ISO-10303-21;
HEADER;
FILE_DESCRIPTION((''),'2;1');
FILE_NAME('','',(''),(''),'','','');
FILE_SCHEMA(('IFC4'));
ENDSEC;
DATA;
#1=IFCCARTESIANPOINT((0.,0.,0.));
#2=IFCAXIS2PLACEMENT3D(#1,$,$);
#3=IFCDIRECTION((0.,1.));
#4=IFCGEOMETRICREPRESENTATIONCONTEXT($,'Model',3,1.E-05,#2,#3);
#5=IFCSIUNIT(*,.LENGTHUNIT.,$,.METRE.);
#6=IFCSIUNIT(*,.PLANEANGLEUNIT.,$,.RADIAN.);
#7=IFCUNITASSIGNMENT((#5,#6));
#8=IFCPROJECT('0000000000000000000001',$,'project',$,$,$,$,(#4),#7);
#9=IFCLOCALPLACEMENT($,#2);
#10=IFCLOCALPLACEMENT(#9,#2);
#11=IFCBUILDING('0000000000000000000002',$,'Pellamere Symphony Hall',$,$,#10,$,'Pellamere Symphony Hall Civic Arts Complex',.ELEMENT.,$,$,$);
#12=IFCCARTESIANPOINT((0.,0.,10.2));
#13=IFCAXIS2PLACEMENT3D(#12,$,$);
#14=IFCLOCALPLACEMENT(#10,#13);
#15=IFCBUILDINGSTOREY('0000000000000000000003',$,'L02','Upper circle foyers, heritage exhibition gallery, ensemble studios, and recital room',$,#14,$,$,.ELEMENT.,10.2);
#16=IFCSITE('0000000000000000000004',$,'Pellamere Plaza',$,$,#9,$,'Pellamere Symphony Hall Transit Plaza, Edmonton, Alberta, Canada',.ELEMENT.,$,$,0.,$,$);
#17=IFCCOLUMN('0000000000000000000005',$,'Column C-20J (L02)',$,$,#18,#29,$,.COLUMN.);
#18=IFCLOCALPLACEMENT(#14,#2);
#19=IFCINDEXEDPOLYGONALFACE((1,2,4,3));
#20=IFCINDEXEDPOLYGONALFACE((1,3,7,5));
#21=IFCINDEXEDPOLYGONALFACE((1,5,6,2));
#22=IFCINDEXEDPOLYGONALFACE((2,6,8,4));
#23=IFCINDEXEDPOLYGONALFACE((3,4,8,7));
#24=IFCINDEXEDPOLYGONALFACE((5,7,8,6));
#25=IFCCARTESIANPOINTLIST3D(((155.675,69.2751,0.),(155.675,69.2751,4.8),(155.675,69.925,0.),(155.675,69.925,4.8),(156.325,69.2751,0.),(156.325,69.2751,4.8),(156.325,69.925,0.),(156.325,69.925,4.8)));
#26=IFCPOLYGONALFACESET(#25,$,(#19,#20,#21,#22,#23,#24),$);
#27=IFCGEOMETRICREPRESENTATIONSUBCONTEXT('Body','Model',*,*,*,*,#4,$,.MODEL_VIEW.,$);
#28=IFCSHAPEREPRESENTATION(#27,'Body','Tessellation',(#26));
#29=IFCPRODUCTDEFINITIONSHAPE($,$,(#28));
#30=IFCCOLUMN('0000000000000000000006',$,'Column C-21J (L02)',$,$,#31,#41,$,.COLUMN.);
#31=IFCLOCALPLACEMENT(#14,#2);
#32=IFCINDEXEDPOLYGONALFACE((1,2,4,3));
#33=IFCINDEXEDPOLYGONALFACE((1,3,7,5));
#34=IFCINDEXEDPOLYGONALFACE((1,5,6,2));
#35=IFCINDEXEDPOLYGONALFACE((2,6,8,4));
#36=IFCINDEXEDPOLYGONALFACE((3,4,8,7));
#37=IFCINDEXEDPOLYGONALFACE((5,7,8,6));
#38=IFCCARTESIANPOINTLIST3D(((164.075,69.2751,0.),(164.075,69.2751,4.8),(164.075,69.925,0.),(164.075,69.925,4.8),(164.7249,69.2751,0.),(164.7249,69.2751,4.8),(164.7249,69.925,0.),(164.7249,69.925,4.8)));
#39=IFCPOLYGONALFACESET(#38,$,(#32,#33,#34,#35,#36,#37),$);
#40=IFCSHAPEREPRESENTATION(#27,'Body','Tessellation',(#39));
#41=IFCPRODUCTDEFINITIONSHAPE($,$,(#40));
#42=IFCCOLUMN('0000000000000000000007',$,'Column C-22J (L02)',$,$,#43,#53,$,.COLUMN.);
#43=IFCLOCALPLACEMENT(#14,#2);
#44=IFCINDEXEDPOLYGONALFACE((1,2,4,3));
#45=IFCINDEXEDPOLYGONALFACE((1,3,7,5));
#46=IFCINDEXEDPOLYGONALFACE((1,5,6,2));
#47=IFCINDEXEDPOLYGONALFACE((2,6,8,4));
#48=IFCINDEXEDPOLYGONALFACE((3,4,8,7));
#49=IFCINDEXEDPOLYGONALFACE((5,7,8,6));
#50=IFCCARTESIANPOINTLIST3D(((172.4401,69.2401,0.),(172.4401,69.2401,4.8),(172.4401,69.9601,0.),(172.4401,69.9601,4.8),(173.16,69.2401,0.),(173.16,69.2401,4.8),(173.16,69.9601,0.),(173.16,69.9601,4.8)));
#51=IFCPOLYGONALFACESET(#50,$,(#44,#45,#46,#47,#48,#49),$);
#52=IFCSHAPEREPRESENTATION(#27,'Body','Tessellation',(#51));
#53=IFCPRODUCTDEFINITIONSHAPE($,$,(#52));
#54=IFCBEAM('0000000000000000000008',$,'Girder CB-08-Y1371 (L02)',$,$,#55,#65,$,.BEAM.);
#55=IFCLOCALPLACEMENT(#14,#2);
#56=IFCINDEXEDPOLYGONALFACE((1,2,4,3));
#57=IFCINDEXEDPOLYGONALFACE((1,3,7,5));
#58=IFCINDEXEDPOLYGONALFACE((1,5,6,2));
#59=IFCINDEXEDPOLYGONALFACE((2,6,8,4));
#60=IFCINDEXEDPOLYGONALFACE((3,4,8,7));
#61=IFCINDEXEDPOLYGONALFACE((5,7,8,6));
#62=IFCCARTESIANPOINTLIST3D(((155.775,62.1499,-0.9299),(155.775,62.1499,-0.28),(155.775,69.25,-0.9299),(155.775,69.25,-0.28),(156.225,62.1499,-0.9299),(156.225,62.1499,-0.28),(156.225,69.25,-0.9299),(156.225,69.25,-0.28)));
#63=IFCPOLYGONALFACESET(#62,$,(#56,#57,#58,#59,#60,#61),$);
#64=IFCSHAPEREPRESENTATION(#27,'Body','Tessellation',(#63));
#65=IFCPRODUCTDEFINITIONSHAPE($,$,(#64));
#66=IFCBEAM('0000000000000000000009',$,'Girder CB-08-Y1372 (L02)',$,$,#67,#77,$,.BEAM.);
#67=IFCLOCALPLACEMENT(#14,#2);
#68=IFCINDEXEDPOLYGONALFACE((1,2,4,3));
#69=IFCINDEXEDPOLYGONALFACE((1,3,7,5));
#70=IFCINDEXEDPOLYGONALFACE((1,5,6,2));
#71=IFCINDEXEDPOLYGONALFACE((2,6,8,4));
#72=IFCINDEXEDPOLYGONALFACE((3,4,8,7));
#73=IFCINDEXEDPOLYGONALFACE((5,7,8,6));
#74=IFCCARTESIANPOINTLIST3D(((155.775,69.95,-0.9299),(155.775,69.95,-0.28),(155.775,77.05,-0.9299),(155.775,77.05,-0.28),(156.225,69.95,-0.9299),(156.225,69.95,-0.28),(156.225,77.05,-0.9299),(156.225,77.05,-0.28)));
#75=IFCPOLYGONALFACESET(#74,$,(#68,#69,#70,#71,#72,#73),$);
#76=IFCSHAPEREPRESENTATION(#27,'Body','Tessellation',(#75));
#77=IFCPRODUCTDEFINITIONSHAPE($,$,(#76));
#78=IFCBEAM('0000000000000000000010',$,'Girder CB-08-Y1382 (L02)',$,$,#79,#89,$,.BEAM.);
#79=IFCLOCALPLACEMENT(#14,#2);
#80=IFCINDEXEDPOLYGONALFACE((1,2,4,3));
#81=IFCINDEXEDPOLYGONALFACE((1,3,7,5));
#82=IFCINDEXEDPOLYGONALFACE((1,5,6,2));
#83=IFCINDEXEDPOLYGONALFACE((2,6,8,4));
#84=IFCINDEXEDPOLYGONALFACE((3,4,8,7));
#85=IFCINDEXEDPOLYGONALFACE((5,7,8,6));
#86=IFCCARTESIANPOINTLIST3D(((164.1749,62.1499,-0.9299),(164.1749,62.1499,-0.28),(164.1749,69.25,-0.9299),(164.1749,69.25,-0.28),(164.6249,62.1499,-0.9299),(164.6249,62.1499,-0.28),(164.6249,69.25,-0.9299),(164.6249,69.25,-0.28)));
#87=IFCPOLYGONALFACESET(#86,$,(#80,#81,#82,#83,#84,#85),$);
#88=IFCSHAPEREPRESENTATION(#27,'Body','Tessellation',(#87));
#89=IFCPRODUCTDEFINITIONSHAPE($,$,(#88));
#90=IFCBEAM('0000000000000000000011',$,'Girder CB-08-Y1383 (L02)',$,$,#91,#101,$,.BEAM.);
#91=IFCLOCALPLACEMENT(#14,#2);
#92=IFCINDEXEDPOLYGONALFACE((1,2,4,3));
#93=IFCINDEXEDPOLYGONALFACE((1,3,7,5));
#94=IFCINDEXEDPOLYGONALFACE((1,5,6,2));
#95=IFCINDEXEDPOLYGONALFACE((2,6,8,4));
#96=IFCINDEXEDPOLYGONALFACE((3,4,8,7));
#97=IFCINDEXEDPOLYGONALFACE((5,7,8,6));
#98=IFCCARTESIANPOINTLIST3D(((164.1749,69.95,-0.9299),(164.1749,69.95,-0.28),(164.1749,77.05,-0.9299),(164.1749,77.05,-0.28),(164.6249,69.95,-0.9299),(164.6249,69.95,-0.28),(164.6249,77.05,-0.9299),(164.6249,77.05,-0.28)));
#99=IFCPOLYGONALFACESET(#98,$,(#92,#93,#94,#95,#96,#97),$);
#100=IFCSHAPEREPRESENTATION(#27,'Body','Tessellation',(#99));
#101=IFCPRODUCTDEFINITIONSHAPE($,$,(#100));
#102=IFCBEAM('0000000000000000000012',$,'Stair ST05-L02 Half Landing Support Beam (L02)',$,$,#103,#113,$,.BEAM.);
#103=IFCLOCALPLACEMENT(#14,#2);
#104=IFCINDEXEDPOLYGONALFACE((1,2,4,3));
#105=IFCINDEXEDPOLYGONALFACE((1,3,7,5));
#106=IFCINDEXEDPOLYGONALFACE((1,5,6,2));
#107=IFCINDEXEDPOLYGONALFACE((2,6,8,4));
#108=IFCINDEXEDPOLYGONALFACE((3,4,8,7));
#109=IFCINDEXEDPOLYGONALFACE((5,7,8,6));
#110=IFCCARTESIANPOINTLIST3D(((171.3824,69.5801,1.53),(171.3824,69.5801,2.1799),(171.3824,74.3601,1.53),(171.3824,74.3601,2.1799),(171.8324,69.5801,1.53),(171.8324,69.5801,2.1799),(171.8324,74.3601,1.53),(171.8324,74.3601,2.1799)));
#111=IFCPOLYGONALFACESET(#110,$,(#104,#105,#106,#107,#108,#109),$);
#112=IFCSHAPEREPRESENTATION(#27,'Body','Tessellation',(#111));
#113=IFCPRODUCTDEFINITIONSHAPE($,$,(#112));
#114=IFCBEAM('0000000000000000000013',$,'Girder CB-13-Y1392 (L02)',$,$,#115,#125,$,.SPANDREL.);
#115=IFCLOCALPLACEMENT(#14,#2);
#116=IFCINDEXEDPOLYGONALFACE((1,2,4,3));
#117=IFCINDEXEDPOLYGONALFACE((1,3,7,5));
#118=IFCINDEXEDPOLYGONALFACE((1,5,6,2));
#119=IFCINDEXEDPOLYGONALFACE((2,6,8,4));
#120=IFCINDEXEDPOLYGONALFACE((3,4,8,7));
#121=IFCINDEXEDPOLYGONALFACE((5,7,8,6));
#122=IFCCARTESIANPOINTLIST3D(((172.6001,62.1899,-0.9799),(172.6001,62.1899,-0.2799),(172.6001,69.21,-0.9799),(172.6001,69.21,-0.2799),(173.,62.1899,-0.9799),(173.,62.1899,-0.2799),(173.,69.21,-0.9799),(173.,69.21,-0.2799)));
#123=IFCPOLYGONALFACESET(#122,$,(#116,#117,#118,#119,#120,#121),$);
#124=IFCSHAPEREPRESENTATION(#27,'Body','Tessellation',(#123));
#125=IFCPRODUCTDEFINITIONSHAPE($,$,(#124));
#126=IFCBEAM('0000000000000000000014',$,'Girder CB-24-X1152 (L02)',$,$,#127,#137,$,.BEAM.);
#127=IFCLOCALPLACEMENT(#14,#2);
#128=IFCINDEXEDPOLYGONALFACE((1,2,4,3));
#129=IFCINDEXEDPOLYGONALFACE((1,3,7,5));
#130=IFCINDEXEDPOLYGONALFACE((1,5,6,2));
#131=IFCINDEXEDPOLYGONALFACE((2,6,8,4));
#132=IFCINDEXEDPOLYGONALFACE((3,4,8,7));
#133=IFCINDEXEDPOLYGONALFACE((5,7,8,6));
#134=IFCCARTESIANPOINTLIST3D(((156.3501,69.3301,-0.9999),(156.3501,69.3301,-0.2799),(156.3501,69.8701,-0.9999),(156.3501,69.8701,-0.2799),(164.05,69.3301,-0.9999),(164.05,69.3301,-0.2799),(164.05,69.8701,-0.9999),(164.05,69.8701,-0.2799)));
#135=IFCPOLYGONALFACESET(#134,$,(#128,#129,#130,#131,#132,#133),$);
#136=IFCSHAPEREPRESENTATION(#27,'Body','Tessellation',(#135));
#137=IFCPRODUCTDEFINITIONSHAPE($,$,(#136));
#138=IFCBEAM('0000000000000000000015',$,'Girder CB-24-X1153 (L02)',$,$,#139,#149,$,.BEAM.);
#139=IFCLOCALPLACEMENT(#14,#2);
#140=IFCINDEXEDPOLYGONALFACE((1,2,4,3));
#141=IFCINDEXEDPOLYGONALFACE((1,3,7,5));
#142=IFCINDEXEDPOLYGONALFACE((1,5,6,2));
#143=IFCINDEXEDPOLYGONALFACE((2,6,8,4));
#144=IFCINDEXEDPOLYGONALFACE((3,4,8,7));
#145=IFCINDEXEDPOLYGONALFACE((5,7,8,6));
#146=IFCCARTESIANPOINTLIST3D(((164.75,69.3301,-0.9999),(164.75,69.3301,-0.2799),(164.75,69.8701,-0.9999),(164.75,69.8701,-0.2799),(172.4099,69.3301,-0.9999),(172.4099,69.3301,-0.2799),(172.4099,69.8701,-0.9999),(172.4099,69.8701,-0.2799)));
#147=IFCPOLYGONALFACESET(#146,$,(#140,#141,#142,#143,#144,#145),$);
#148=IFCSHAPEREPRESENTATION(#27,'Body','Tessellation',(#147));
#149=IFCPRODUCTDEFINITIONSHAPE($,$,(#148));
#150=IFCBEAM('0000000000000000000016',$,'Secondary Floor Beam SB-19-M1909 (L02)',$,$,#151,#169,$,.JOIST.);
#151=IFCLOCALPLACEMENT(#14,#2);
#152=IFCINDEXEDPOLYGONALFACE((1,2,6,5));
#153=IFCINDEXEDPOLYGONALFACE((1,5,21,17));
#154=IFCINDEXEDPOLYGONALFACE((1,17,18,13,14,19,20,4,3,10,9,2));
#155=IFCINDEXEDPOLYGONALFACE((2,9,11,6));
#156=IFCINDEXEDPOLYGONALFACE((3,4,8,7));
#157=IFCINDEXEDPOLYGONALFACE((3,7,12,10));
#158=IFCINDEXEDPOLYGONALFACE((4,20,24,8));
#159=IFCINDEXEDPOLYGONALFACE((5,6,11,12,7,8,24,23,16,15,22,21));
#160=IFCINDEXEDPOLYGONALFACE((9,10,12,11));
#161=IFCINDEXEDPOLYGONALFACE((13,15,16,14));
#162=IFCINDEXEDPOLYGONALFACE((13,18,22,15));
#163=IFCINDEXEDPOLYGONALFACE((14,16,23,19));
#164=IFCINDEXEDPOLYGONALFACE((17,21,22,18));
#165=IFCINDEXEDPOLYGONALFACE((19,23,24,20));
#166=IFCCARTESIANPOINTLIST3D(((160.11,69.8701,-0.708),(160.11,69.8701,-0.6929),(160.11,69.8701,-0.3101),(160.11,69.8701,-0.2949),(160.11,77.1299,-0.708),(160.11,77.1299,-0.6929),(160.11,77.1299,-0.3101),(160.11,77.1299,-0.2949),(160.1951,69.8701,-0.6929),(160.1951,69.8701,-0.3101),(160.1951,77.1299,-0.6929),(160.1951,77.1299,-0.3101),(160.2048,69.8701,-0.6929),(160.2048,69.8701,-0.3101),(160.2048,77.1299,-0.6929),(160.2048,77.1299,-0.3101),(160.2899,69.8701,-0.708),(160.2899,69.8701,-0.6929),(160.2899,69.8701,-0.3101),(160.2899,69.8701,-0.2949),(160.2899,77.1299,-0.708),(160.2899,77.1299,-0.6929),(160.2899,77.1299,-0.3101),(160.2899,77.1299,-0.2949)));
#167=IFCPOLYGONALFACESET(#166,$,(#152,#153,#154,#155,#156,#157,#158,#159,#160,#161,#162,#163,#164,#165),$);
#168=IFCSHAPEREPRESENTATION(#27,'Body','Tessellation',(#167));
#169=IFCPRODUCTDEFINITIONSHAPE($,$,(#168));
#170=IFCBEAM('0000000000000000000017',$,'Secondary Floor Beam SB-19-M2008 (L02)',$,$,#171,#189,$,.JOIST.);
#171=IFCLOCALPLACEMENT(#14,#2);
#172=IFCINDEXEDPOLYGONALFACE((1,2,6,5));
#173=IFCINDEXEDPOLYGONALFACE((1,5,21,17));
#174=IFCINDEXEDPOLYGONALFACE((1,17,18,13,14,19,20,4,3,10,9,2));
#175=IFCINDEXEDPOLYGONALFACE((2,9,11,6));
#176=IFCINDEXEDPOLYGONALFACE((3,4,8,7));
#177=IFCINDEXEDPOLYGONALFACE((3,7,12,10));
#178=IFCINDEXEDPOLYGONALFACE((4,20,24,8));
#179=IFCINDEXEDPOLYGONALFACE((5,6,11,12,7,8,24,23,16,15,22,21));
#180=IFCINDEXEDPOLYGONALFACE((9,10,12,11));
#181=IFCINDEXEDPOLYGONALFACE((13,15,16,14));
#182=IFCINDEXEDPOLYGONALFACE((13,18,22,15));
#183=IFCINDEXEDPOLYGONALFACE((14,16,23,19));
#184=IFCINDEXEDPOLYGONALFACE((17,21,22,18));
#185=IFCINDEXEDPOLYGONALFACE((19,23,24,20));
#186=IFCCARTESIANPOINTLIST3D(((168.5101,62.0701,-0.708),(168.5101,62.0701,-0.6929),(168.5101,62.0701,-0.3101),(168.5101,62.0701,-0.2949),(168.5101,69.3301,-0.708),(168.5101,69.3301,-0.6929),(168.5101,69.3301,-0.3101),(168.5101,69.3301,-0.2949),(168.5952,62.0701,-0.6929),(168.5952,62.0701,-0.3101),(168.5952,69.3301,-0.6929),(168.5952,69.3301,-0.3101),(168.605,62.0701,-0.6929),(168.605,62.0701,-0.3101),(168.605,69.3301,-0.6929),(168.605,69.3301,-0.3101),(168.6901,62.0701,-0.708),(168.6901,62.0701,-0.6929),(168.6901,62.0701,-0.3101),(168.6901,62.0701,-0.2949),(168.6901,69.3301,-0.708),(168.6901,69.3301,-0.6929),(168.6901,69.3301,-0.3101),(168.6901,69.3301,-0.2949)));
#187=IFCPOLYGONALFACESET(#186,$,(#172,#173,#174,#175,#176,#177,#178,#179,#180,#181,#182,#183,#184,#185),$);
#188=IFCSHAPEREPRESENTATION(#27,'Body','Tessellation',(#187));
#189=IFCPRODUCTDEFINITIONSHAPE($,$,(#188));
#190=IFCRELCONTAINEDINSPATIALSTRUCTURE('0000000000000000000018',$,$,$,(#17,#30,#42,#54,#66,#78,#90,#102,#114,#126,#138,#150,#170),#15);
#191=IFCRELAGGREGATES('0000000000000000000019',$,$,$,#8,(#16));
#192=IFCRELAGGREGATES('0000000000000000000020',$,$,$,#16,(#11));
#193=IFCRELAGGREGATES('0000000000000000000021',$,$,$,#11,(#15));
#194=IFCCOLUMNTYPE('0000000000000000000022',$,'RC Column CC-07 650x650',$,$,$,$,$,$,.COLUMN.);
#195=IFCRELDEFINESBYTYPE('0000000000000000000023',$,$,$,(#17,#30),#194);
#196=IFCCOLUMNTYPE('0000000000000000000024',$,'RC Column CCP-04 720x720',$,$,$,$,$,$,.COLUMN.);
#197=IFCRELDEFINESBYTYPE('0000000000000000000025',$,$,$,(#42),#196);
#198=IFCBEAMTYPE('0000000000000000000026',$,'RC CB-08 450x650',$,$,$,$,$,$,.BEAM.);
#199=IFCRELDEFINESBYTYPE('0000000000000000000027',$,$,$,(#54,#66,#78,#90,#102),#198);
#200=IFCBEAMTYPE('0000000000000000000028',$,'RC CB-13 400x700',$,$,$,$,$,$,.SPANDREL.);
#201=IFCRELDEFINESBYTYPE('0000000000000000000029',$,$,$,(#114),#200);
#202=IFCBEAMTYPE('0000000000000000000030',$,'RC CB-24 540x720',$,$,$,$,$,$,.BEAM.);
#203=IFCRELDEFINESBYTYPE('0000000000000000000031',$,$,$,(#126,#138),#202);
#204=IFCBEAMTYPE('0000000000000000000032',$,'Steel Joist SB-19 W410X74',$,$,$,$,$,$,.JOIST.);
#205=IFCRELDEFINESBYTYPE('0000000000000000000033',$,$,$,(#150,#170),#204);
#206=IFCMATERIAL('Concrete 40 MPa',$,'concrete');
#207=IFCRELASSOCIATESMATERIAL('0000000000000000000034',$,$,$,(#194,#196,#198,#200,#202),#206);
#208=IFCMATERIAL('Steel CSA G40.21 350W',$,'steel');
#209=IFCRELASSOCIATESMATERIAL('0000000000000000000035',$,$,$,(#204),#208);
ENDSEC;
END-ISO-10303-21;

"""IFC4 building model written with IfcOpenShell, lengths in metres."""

from ifc_helpers import new_model, si_unit, direction, frame, origin, origin_2d, place, context, subcontext, project, spatial, rectangle, i_section, extrude, material, material_profile, profile_set, type_object, element, save


model = new_model("IFC4")

# Units and contexts
model_context = context("Model", 3, precision=1e-05, world=origin(), true_north=direction((0.0, 1.0)))
body_context = subcontext(model_context, "Body", "Model", "MODEL_VIEW")
ifc_project = project(units=[si_unit("LENGTHUNIT", "METRE"), si_unit("PLANEANGLEUNIT", "RADIAN")], contexts=[model_context])

# Site, building, storey
site_placement = place(None, origin())
site = spatial("IfcSite", under=ifc_project, at=site_placement, Name="Pellamere Plaza", LongName="Pellamere Symphony Hall Transit Plaza, Edmonton, Alberta, Canada", CompositionType="ELEMENT", RefElevation=0.0)
building_placement = place(site_placement, origin())
building = spatial("IfcBuilding", under=site, at=building_placement, Name="Pellamere Symphony Hall", LongName="Pellamere Symphony Hall Civic Arts Complex", CompositionType="ELEMENT")
storey_placement = place(building_placement, frame((0.0, 0.0, 10.2)))
storey = spatial("IfcBuildingStorey", under=building, at=storey_placement, Name="L02", Description="Upper circle foyers, heritage exhibition gallery, ensemble studios, and recital room", CompositionType="ELEMENT", Elevation=10.2)

# Columns
ifc_material_1 = material(Name="Concrete 40 MPa", Category="concrete")
ifc_material_profile_1 = material_profile(ifc_material_1, rectangle(XDim=0.6499, YDim=0.6499, at=origin_2d()), Name="RC 650x650")
ifc_profile_set_1 = profile_set([ifc_material_profile_1], Name="Concrete 40 MPa")
column_type_1 = type_object("IfcColumnType", Name="RC Column CC-07 650x650", PredefinedType="COLUMN", material=ifc_profile_set_1)
for number, where, z_axis, x_axis, name in (
    (1, (156.0, 69.6001, 0.0), (0.0, 0.0, 1.0), (1.0, 0.0, 0.0), "Column C-20J (L02)"),
    (2, (164.3999, 69.6001, 0.0), (0.0, 0.0, 1.0), (1.0, 0.0, 0.0), "Column C-21J (L02)"),
):
    element("IfcColumn", number, at=place(storey_placement, frame(where, z_axis=z_axis, x_axis=x_axis)), inside=storey, type_object=column_type_1, Name=name, PredefinedType="COLUMN", context=body_context, shape_type="SweptSolid", body=[
        extrude(rectangle(XDim=0.6499, YDim=0.6499, at=origin_2d()), origin(), (0.0, 0.0, 1.0), 4.8),
    ])
ifc_material_profile_2 = material_profile(ifc_material_1, rectangle(XDim=0.72, YDim=0.72, at=origin_2d()), Name="RC 720x720")
ifc_profile_set_2 = profile_set([ifc_material_profile_2], Name="Concrete 40 MPa")
column_type_2 = type_object("IfcColumnType", Name="RC Column CCP-04 720x720", PredefinedType="COLUMN", material=ifc_profile_set_2)
column_placement = place(storey_placement, frame((172.8, 69.6001, 0.0), z_axis=(0.0, 0.0, 1.0), x_axis=(1.0, 0.0, 0.0)))
element("IfcColumn", 3, at=column_placement, inside=storey, type_object=column_type_2, Name="Column C-22J (L02)", PredefinedType="COLUMN", context=body_context, shape_type="SweptSolid", body=[
    extrude(rectangle(XDim=0.72, YDim=0.72, at=origin_2d()), origin(), (0.0, 0.0, 1.0), 4.8),
])

# Beams
ifc_material_profile_3 = material_profile(ifc_material_1, rectangle(XDim=0.45, YDim=0.6499, at=origin_2d()), Name="RC 450x650")
ifc_profile_set_3 = profile_set([ifc_material_profile_3], Name="Concrete 40 MPa")
beam_type_1 = type_object("IfcBeamType", Name="RC CB-08 450x650", PredefinedType="BEAM", material=ifc_profile_set_3)
for number, where, z_axis, x_axis, name in (
    (4, (156.0, 62.1499, -0.605), (0.0, 1.0, 0.0), (-1.0, 0.0, 0.0), "Girder CB-08-Y1371 (L02)"),
    (5, (156.0, 69.95, -0.605), (0.0, 1.0, 0.0), (-1.0, 0.0, 0.0), "Girder CB-08-Y1372 (L02)"),
    (6, (164.3999, 62.1499, -0.605), (0.0, 1.0, 0.0), (-1.0, 0.0, 0.0), "Girder CB-08-Y1382 (L02)"),
    (7, (164.3999, 69.95, -0.605), (0.0, 1.0, 0.0), (-1.0, 0.0, 0.0), "Girder CB-08-Y1383 (L02)"),
):
    element("IfcBeam", number, at=place(storey_placement, frame(where, z_axis=z_axis, x_axis=x_axis)), inside=storey, type_object=beam_type_1, Name=name, PredefinedType="BEAM", context=body_context, shape_type="SweptSolid", body=[
        extrude(rectangle(XDim=0.45, YDim=0.6499, at=origin_2d()), origin(), (0.0, 0.0, 1.0), 7.1001),
    ])
beam_1_placement = place(storey_placement, frame((171.6074, 69.5801, 1.855), z_axis=(0.0, 1.0, 0.0), x_axis=(-1.0, 0.0, 0.0)))
element("IfcBeam", 8, at=beam_1_placement, inside=storey, type_object=beam_type_1, Name="Stair ST05-L02 Half Landing Support Beam (L02)", PredefinedType="BEAM", context=body_context, shape_type="SweptSolid", body=[
    extrude(rectangle(XDim=0.45, YDim=0.6499, at=origin_2d()), origin(), (0.0, 0.0, 1.0), 4.78),
])
ifc_material_profile_4 = material_profile(ifc_material_1, rectangle(XDim=0.3999, YDim=0.7, at=origin_2d()), Name="RC 400x700")
ifc_profile_set_4 = profile_set([ifc_material_profile_4], Name="Concrete 40 MPa")
beam_type_2 = type_object("IfcBeamType", Name="RC CB-13 400x700", PredefinedType="SPANDREL", material=ifc_profile_set_4)
beam_2_placement = place(storey_placement, frame((172.8, 62.1899, -0.6299), z_axis=(0.0, 1.0, 0.0), x_axis=(-1.0, 0.0, 0.0)))
element("IfcBeam", 9, at=beam_2_placement, inside=storey, type_object=beam_type_2, Name="Girder CB-13-Y1392 (L02)", PredefinedType="SPANDREL", context=body_context, shape_type="SweptSolid", body=[
    extrude(rectangle(XDim=0.3999, YDim=0.7, at=origin_2d()), origin(), (0.0, 0.0, 1.0), 7.02),
])
ifc_material_profile_5 = material_profile(ifc_material_1, rectangle(XDim=0.54, YDim=0.72, at=origin_2d()), Name="RC 540x720")
ifc_profile_set_5 = profile_set([ifc_material_profile_5], Name="Concrete 40 MPa")
beam_type_3 = type_object("IfcBeamType", Name="RC CB-24 540x720", PredefinedType="BEAM", material=ifc_profile_set_5)
beam_3_placement = place(storey_placement, frame((156.3501, 69.6001, -0.6399), z_axis=(1.0, 0.0, 0.0), x_axis=(0.0, 1.0, 0.0)))
element("IfcBeam", 10, at=beam_3_placement, inside=storey, type_object=beam_type_3, Name="Girder CB-24-X1152 (L02)", PredefinedType="BEAM", context=body_context, shape_type="SweptSolid", body=[
    extrude(rectangle(XDim=0.54, YDim=0.72, at=origin_2d()), origin(), (0.0, 0.0, 1.0), 7.7),
])
beam_4_placement = place(storey_placement, frame((164.75, 69.6001, -0.6399), z_axis=(1.0, 0.0, 0.0), x_axis=(0.0, 1.0, 0.0)))
element("IfcBeam", 11, at=beam_4_placement, inside=storey, type_object=beam_type_3, Name="Girder CB-24-X1153 (L02)", PredefinedType="BEAM", context=body_context, shape_type="SweptSolid", body=[
    extrude(rectangle(XDim=0.54, YDim=0.72, at=origin_2d()), origin(), (0.0, 0.0, 1.0), 7.6599),
])
ifc_material_2 = material(Name="Steel CSA G40.21 350W", Category="steel")
ifc_material_profile_6 = material_profile(ifc_material_2, i_section(OverallWidth=0.1799, OverallDepth=0.4131, WebThickness=0.0098, FlangeThickness=0.0151, at=origin_2d()), Name="W410X74")
ifc_profile_set_6 = profile_set([ifc_material_profile_6], Name="Steel CSA G40.21 350W")
beam_type_4 = type_object("IfcBeamType", Name="Steel Joist SB-19 W410X74", PredefinedType="JOIST", material=ifc_profile_set_6)
beam_5_placement = place(storey_placement, frame((160.2, 69.8701, -0.5015), z_axis=(0.0, 1.0, 0.0), x_axis=(-1.0, 0.0, 0.0)))
element("IfcBeam", 12, at=beam_5_placement, inside=storey, type_object=beam_type_4, Name="Secondary Floor Beam SB-19-M1909 (L02)", PredefinedType="JOIST", context=body_context, shape_type="SweptSolid", body=[
    extrude(i_section(OverallWidth=0.1799, OverallDepth=0.4131, WebThickness=0.0098, FlangeThickness=0.0151, at=origin_2d()), origin(), (0.0, 0.0, 1.0), 7.2598),
])
beam_6_placement = place(storey_placement, frame((168.6001, 62.0701, -0.5015), z_axis=(0.0, 1.0, 0.0), x_axis=(-1.0, 0.0, 0.0)))
element("IfcBeam", 13, at=beam_6_placement, inside=storey, type_object=beam_type_4, Name="Secondary Floor Beam SB-19-M2008 (L02)", PredefinedType="JOIST", context=body_context, shape_type="SweptSolid", body=[
    extrude(i_section(OverallWidth=0.1799, OverallDepth=0.4131, WebThickness=0.0098, FlangeThickness=0.0151, at=origin_2d()), origin(), (0.0, 0.0, 1.0), 7.26),
])

save(model, "model.ifc")
